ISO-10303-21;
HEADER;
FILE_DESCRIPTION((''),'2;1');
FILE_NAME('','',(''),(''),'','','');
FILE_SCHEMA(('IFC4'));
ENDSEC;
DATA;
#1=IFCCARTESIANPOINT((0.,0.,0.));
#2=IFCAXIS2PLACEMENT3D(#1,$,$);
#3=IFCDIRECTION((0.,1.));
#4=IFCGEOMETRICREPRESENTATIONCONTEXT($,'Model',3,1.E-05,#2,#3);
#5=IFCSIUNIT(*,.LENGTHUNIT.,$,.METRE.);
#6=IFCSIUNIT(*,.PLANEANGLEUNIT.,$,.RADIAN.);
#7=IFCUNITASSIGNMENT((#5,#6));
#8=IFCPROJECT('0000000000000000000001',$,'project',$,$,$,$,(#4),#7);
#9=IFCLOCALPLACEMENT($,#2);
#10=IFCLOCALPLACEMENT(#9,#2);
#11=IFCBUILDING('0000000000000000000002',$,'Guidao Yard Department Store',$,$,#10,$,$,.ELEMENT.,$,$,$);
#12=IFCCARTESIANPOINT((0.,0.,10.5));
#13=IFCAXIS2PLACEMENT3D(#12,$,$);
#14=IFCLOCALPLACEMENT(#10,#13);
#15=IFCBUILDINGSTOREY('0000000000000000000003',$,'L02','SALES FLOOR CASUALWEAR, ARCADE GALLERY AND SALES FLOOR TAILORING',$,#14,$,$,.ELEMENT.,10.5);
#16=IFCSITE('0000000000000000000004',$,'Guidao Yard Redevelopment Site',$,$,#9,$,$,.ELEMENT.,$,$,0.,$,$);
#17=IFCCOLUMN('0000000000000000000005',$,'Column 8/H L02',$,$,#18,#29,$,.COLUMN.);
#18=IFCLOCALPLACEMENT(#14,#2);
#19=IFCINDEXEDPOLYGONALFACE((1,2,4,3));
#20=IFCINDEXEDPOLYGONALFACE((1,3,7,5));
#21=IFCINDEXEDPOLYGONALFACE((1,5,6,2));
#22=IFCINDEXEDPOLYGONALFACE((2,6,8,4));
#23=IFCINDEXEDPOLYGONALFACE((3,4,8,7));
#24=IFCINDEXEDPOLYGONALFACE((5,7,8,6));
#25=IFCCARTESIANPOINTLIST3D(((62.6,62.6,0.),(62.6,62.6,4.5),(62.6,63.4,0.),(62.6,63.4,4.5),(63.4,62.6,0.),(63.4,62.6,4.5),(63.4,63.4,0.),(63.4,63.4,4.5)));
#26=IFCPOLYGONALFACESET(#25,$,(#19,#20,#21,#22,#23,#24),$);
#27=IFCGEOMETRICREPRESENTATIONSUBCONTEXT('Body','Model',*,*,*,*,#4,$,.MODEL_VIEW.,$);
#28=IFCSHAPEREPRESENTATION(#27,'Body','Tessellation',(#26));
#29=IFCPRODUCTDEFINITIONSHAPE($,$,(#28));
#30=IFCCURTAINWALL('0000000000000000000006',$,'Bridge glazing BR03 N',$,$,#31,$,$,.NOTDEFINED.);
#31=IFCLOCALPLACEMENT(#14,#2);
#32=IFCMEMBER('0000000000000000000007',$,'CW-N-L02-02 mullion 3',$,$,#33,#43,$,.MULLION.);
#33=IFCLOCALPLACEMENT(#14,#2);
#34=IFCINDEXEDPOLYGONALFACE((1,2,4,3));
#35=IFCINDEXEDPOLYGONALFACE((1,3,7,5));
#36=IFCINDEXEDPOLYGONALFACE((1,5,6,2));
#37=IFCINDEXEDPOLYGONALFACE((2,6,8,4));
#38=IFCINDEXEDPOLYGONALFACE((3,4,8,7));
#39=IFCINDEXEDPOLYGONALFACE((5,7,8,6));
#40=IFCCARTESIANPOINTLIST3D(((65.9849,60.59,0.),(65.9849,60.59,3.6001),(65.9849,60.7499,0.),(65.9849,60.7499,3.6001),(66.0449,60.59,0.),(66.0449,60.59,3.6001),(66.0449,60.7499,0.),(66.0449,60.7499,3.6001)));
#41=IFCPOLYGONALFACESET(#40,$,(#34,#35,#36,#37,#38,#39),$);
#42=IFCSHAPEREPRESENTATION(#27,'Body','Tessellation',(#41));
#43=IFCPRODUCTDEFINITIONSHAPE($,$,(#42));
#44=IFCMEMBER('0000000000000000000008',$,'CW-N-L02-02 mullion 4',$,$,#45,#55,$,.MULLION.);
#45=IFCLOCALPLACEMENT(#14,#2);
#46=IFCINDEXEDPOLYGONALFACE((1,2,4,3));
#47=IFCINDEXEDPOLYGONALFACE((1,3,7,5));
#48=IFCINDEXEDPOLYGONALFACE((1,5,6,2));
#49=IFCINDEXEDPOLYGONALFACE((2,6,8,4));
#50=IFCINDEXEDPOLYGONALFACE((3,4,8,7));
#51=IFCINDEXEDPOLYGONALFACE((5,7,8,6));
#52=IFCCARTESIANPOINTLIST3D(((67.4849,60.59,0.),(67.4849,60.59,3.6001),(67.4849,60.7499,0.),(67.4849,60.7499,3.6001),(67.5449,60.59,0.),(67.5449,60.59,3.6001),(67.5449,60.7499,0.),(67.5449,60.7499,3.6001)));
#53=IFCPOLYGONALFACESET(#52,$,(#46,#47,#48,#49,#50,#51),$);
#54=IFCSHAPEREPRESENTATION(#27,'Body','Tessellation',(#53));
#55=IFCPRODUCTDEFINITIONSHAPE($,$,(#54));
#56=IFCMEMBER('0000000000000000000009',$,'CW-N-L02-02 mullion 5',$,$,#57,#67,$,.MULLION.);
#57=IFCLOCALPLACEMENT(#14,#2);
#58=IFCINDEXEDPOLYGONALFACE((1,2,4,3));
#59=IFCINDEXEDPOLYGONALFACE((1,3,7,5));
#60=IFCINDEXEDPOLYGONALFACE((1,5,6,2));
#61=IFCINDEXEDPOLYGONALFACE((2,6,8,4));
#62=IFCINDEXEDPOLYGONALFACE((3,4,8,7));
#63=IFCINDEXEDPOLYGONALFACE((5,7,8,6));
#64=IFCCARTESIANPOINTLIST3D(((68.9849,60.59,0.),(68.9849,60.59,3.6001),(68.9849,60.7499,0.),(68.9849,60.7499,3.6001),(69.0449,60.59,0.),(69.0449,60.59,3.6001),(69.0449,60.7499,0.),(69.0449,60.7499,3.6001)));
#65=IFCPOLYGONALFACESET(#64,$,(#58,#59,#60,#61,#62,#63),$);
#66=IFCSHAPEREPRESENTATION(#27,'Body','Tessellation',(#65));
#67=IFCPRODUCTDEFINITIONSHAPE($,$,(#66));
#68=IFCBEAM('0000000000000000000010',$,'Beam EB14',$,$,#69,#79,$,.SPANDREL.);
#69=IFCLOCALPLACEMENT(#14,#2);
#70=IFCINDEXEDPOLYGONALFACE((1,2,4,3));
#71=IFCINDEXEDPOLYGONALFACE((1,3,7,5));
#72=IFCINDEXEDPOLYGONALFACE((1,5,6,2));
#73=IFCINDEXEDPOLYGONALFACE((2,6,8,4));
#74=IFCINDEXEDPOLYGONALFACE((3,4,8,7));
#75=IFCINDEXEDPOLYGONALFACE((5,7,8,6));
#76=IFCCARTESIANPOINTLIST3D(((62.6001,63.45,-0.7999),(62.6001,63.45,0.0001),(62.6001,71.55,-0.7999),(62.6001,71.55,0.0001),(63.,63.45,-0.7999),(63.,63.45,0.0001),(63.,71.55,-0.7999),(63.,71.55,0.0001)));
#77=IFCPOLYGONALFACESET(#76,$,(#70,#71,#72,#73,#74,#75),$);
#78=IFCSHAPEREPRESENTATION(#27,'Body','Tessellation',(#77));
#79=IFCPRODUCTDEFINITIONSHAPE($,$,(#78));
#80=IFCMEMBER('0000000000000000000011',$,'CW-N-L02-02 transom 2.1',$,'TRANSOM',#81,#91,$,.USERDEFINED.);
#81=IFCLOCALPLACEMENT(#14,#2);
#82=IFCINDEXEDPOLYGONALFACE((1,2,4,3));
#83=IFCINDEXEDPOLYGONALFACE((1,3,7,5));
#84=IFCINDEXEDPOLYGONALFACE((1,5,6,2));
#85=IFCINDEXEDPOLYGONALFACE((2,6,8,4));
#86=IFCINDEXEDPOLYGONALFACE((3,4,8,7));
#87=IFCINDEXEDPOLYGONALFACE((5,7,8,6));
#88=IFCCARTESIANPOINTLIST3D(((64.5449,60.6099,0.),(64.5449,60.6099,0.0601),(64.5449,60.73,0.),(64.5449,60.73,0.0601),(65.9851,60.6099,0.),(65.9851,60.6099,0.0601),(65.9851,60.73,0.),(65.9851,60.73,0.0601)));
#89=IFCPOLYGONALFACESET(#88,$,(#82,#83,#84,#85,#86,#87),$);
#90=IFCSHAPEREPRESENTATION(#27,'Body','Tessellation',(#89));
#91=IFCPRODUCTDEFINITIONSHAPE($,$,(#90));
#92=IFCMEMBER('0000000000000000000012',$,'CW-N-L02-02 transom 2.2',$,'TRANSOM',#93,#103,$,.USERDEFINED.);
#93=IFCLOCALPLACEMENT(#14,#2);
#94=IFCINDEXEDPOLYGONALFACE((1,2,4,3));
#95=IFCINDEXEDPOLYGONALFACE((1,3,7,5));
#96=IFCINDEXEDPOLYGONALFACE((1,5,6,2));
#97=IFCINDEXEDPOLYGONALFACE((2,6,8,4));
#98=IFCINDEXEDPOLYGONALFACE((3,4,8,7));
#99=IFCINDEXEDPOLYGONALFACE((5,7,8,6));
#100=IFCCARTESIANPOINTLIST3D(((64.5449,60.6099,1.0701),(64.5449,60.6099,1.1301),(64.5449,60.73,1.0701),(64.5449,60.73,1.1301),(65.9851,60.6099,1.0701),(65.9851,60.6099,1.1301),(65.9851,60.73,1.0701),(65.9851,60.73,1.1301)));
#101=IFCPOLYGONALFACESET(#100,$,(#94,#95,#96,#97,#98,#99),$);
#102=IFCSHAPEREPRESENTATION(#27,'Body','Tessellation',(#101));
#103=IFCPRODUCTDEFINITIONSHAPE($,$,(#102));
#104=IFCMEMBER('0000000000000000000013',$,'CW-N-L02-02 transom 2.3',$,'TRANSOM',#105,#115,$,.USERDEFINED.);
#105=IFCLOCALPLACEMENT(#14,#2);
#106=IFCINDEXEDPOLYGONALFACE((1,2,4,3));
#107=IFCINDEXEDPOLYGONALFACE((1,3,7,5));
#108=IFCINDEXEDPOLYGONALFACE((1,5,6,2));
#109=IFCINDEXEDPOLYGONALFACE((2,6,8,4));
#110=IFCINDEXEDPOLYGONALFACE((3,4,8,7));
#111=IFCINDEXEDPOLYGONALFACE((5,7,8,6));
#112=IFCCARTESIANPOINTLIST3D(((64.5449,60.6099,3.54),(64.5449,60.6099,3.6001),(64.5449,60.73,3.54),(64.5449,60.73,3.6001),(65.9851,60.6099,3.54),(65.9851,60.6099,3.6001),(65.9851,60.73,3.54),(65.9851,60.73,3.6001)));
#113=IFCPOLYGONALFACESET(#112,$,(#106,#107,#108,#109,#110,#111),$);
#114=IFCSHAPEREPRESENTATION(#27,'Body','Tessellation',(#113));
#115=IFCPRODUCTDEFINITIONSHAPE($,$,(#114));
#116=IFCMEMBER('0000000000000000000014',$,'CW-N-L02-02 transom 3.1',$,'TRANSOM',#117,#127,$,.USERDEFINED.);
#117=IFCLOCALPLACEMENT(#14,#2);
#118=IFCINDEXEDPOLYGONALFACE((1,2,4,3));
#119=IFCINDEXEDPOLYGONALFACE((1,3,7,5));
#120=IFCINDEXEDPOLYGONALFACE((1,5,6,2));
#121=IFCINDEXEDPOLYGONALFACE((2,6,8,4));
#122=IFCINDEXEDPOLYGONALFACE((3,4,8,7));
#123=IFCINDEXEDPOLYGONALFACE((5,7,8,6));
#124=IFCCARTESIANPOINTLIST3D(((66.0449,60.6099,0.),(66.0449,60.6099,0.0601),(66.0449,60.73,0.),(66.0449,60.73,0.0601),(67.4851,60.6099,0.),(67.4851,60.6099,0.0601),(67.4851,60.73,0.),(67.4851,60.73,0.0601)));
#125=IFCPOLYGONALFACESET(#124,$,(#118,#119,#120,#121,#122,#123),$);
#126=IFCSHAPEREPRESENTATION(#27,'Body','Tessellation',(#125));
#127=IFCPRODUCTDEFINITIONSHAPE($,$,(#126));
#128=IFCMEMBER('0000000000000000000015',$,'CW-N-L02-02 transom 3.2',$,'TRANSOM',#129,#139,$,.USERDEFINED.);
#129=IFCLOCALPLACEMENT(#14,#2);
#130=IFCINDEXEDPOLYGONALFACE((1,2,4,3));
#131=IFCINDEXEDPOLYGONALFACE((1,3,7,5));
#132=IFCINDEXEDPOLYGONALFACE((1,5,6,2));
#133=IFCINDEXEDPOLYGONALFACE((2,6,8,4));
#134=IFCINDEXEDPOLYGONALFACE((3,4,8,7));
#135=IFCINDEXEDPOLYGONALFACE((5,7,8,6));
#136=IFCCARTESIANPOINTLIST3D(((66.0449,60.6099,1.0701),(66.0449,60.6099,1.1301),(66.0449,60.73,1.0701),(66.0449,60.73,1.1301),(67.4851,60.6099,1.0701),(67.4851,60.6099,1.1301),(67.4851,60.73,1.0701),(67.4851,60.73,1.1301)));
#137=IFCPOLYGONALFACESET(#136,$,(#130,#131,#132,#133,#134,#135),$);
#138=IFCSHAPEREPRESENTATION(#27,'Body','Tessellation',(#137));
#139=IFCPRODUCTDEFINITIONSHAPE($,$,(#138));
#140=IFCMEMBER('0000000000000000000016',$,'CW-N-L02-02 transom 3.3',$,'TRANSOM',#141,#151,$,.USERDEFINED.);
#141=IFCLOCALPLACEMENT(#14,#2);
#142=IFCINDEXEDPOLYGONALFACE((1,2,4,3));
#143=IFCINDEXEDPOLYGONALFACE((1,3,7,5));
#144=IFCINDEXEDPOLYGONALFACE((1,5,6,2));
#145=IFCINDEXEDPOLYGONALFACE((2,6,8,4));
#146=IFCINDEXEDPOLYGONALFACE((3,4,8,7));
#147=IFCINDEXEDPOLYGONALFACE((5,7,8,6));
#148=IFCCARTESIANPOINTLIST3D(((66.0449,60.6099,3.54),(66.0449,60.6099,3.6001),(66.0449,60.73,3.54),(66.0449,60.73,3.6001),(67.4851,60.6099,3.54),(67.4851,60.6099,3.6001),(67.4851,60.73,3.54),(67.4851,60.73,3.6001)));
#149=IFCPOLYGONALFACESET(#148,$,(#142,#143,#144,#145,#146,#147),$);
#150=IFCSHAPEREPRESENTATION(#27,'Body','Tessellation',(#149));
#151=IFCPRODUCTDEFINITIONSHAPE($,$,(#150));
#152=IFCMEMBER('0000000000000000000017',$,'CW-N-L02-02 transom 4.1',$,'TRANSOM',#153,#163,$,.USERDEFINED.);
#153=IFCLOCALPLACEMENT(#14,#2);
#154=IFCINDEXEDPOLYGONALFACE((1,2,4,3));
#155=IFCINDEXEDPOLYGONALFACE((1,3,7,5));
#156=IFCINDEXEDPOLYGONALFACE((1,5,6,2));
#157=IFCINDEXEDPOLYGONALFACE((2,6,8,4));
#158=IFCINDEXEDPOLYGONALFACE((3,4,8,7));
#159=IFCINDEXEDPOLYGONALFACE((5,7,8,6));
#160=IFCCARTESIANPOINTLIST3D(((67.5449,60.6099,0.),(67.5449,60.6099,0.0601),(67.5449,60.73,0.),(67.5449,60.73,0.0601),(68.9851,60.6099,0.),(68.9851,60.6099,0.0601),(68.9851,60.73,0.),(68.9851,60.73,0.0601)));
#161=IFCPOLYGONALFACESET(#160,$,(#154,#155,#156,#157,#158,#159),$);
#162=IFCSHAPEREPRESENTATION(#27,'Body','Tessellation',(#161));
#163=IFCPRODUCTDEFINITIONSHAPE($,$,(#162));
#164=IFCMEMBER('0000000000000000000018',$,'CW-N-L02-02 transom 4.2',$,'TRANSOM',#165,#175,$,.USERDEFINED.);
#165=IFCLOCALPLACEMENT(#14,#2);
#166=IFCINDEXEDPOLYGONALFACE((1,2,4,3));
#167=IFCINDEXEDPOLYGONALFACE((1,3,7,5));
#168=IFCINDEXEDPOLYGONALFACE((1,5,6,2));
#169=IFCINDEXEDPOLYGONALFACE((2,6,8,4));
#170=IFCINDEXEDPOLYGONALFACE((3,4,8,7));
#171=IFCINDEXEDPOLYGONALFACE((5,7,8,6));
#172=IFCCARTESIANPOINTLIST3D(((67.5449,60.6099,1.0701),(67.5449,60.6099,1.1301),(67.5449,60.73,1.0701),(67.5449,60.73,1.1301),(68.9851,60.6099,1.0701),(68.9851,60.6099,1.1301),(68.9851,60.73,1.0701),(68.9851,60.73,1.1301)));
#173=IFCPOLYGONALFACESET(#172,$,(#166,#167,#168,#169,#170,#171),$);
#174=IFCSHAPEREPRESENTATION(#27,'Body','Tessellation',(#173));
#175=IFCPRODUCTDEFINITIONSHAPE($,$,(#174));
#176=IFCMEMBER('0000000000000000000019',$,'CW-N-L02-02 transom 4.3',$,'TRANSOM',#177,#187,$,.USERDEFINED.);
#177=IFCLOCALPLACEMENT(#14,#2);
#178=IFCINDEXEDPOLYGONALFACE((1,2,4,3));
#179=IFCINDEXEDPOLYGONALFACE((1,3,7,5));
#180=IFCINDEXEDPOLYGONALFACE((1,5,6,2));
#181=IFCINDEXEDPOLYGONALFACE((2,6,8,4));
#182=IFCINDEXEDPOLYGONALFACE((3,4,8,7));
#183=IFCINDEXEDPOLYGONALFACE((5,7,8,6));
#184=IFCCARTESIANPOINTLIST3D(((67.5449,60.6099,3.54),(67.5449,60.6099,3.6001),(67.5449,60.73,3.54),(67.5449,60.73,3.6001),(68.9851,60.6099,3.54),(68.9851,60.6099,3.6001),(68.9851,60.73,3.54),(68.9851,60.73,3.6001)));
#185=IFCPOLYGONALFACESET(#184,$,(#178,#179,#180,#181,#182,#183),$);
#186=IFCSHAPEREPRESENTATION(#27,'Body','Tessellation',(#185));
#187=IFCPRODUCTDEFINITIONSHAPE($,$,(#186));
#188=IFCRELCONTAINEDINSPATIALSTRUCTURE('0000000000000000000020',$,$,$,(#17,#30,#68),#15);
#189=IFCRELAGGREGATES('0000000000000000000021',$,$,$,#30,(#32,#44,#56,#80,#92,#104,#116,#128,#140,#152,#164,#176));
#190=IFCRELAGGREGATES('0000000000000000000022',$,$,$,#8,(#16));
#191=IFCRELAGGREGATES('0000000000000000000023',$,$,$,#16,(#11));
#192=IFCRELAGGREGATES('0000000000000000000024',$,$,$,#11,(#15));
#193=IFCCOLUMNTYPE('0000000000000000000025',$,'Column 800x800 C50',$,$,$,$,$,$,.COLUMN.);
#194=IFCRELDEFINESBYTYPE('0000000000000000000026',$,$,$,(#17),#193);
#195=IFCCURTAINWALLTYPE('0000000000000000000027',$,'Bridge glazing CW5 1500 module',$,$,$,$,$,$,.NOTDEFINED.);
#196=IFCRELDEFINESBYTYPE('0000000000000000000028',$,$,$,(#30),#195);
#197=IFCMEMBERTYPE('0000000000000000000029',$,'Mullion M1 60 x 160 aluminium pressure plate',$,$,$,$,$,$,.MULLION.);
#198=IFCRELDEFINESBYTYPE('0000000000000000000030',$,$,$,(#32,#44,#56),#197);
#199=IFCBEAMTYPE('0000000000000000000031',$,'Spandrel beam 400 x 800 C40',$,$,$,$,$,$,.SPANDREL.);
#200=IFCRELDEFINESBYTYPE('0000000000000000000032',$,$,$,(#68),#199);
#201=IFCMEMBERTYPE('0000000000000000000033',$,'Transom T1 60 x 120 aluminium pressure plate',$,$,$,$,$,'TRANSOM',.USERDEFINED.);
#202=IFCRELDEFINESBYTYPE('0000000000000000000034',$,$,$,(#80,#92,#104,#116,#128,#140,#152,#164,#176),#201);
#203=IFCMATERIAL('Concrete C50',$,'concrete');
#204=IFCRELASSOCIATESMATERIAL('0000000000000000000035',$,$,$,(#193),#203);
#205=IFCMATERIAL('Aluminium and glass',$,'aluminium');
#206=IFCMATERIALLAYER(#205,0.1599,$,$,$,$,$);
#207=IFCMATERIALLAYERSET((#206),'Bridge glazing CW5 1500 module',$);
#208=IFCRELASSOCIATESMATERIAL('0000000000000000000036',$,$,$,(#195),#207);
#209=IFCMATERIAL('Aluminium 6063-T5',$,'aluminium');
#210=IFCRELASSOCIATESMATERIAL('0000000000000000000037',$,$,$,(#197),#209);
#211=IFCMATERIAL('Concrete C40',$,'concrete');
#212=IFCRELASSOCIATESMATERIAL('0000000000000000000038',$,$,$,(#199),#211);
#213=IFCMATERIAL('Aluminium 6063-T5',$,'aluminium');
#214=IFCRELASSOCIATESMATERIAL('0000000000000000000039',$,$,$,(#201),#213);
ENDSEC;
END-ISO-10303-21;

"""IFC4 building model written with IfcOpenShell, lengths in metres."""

from ifc_helpers import new_model, si_unit, direction, frame, origin, origin_2d, place, context, subcontext, project, spatial, rectangle, extrude, material, layer, layer_set, material_profile, profile_set, type_object, element, aggregate, save


model = new_model("IFC4")

# Units and contexts
model_context = context("Model", 3, precision=1e-05, world=origin(), true_north=direction((0.0, 1.0)))
body_context = subcontext(model_context, "Body", "Model", "MODEL_VIEW")
ifc_project = project(units=[si_unit("LENGTHUNIT", "METRE"), si_unit("PLANEANGLEUNIT", "RADIAN")], contexts=[model_context])

# Site, building, storey
site_placement = place(None, origin())
site = spatial("IfcSite", under=ifc_project, at=site_placement, Name="Guidao Yard Redevelopment Site", CompositionType="ELEMENT", RefElevation=0.0)
building_placement = place(site_placement, origin())
building = spatial("IfcBuilding", under=site, at=building_placement, Name="Guidao Yard Department Store", CompositionType="ELEMENT")
storey_placement = place(building_placement, frame((0.0, 0.0, 10.5)))
storey = spatial("IfcBuildingStorey", under=building, at=storey_placement, Name="L02", Description="SALES FLOOR CASUALWEAR, ARCADE GALLERY AND SALES FLOOR TAILORING", CompositionType="ELEMENT", Elevation=10.5)

# Column
ifc_material_1 = material(Name="Concrete C50", Category="concrete")
ifc_material_profile_1 = material_profile(ifc_material_1, rectangle(XDim=0.8, YDim=0.8, at=origin_2d()), Name="COL 800x800")
ifc_profile_set_1 = profile_set([ifc_material_profile_1], Name="Concrete C50")
column_type = type_object("IfcColumnType", Name="Column 800x800 C50", PredefinedType="COLUMN", material=ifc_profile_set_1)
column_placement = place(storey_placement, frame((63.0, 63.0, 0.0), z_axis=(0.0, 0.0, 1.0), x_axis=(1.0, 0.0, 0.0)))
element("IfcColumn", 1, at=column_placement, inside=storey, type_object=column_type, Name="Column 8/H L02", PredefinedType="COLUMN", context=body_context, shape_type="SweptSolid", body=[
    extrude(rectangle(XDim=0.8, YDim=0.8, at=origin_2d()), origin(), (0.0, 0.0, 1.0), 4.5),
])

# Curtain wall, members
ifc_material_2 = material(Name="Aluminium and glass", Category="aluminium")
ifc_layer_1 = layer(ifc_material_2, 0.1599)
ifc_layer_set_1 = layer_set([ifc_layer_1], Name="Bridge glazing CW5 1500 module")
curtain_wall_type = type_object("IfcCurtainWallType", Name="Bridge glazing CW5 1500 module", PredefinedType="NOTDEFINED", material=ifc_layer_set_1)
curtain_wall_placement = place(storey_placement, origin())
curtain_wall = element("IfcCurtainWall", 2, at=curtain_wall_placement, inside=storey, type_object=curtain_wall_type, Name="Bridge glazing BR03 N", PredefinedType="NOTDEFINED")
ifc_material_3 = material(Name="Aluminium 6063-T5", Category="aluminium")
ifc_material_profile_2 = material_profile(ifc_material_3, rectangle(XDim=0.0601, YDim=0.1599, at=origin_2d()), Name="Mullion M1 60 x 160 aluminium pressure plate")
ifc_profile_set_2 = profile_set([ifc_material_profile_2], Name="Aluminium 6063-T5")
member_type_1 = type_object("IfcMemberType", Name="Mullion M1 60 x 160 aluminium pressure plate", PredefinedType="MULLION", material=ifc_profile_set_2)
member_1_placement = place(storey_placement, frame((66.0149, 60.6699, 0.0), z_axis=(0.0, 0.0, 1.0), x_axis=(1.0, 0.0, 0.0)))
member_1 = element("IfcMember", 3, at=member_1_placement, type_object=member_type_1, Name="CW-N-L02-02 mullion 3", PredefinedType="MULLION", context=body_context, shape_type="SweptSolid", body=[
    extrude(rectangle(XDim=0.0601, YDim=0.1599, at=origin_2d()), origin(), (0.0, 0.0, 1.0), 3.6001),
])
member_2_placement = place(storey_placement, frame((67.5149, 60.6699, 0.0), z_axis=(0.0, 0.0, 1.0), x_axis=(1.0, 0.0, 0.0)))
member_2 = element("IfcMember", 4, at=member_2_placement, type_object=member_type_1, Name="CW-N-L02-02 mullion 4", PredefinedType="MULLION", context=body_context, shape_type="SweptSolid", body=[
    extrude(rectangle(XDim=0.0601, YDim=0.1599, at=origin_2d()), origin(), (0.0, 0.0, 1.0), 3.6001),
])
member_3_placement = place(storey_placement, frame((69.0149, 60.6699, 0.0), z_axis=(0.0, 0.0, 1.0), x_axis=(1.0, 0.0, 0.0)))
member_3 = element("IfcMember", 5, at=member_3_placement, type_object=member_type_1, Name="CW-N-L02-02 mullion 5", PredefinedType="MULLION", context=body_context, shape_type="SweptSolid", body=[
    extrude(rectangle(XDim=0.0601, YDim=0.1599, at=origin_2d()), origin(), (0.0, 0.0, 1.0), 3.6001),
])

# Beam
ifc_material_4 = material(Name="Concrete C40", Category="concrete")
ifc_material_profile_3 = material_profile(ifc_material_4, rectangle(XDim=0.3999, YDim=0.8, at=origin_2d()), Name="Spandrel beam 400 x 800 C40")
ifc_profile_set_3 = profile_set([ifc_material_profile_3], Name="Concrete C40")
beam_type = type_object("IfcBeamType", Name="Spandrel beam 400 x 800 C40", PredefinedType="SPANDREL", material=ifc_profile_set_3)
beam_placement = place(storey_placement, frame((62.8, 63.45, -0.3999), z_axis=(0.0, 1.0, 0.0), x_axis=(-1.0, 0.0, 0.0)))
element("IfcBeam", 6, at=beam_placement, inside=storey, type_object=beam_type, Name="Beam EB14", PredefinedType="SPANDREL", context=body_context, shape_type="SweptSolid", body=[
    extrude(rectangle(XDim=0.3999, YDim=0.8, at=origin_2d()), origin(), (0.0, 0.0, 1.0), 8.1001),
])

# Members
ifc_material_5 = material(Name="Aluminium 6063-T5", Category="aluminium")
ifc_material_profile_4 = material_profile(ifc_material_5, rectangle(XDim=0.1201, YDim=0.0601, at=origin_2d()), Name="Transom T1 60 x 120 aluminium pressure plate")
ifc_profile_set_4 = profile_set([ifc_material_profile_4], Name="Aluminium 6063-T5")
member_type_2 = type_object("IfcMemberType", Name="Transom T1 60 x 120 aluminium pressure plate", ElementType="TRANSOM", PredefinedType="USERDEFINED", material=ifc_profile_set_4)
member_4_placement = place(storey_placement, frame((64.5449, 60.6699, 0.03), z_axis=(1.0, 0.0, 0.0), x_axis=(0.0, 1.0, 0.0)))
member_4 = element("IfcMember", 7, at=member_4_placement, type_object=member_type_2, Name="CW-N-L02-02 transom 2.1", ObjectType="TRANSOM", PredefinedType="USERDEFINED", context=body_context, shape_type="SweptSolid", body=[
    extrude(rectangle(XDim=0.1201, YDim=0.0601, at=origin_2d()), origin(), (0.0, 0.0, 1.0), 1.4402),
])
member_5_placement = place(storey_placement, frame((64.5449, 60.6699, 1.1001), z_axis=(1.0, 0.0, 0.0), x_axis=(0.0, 1.0, 0.0)))
member_5 = element("IfcMember", 8, at=member_5_placement, type_object=member_type_2, Name="CW-N-L02-02 transom 2.2", ObjectType="TRANSOM", PredefinedType="USERDEFINED", context=body_context, shape_type="SweptSolid", body=[
    extrude(rectangle(XDim=0.1201, YDim=0.0601, at=origin_2d()), origin(), (0.0, 0.0, 1.0), 1.4402),
])
member_6_placement = place(storey_placement, frame((64.5449, 60.6699, 3.5701), z_axis=(1.0, 0.0, 0.0), x_axis=(0.0, 1.0, 0.0)))
member_6 = element("IfcMember", 9, at=member_6_placement, type_object=member_type_2, Name="CW-N-L02-02 transom 2.3", ObjectType="TRANSOM", PredefinedType="USERDEFINED", context=body_context, shape_type="SweptSolid", body=[
    extrude(rectangle(XDim=0.1201, YDim=0.0601, at=origin_2d()), origin(), (0.0, 0.0, 1.0), 1.4402),
])
member_7_placement = place(storey_placement, frame((66.0449, 60.6699, 0.03), z_axis=(1.0, 0.0, 0.0), x_axis=(0.0, 1.0, 0.0)))
member_7 = element("IfcMember", 10, at=member_7_placement, type_object=member_type_2, Name="CW-N-L02-02 transom 3.1", ObjectType="TRANSOM", PredefinedType="USERDEFINED", context=body_context, shape_type="SweptSolid", body=[
    extrude(rectangle(XDim=0.1201, YDim=0.0601, at=origin_2d()), origin(), (0.0, 0.0, 1.0), 1.4402),
])
member_8_placement = place(storey_placement, frame((66.0449, 60.6699, 1.1001), z_axis=(1.0, 0.0, 0.0), x_axis=(0.0, 1.0, 0.0)))
member_8 = element("IfcMember", 11, at=member_8_placement, type_object=member_type_2, Name="CW-N-L02-02 transom 3.2", ObjectType="TRANSOM", PredefinedType="USERDEFINED", context=body_context, shape_type="SweptSolid", body=[
    extrude(rectangle(XDim=0.1201, YDim=0.0601, at=origin_2d()), origin(), (0.0, 0.0, 1.0), 1.4402),
])
member_9_placement = place(storey_placement, frame((66.0449, 60.6699, 3.5701), z_axis=(1.0, 0.0, 0.0), x_axis=(0.0, 1.0, 0.0)))
member_9 = element("IfcMember", 12, at=member_9_placement, type_object=member_type_2, Name="CW-N-L02-02 transom 3.3", ObjectType="TRANSOM", PredefinedType="USERDEFINED", context=body_context, shape_type="SweptSolid", body=[
    extrude(rectangle(XDim=0.1201, YDim=0.0601, at=origin_2d()), origin(), (0.0, 0.0, 1.0), 1.4402),
])
member_10_placement = place(storey_placement, frame((67.5449, 60.6699, 0.03), z_axis=(1.0, 0.0, 0.0), x_axis=(0.0, 1.0, 0.0)))
member_10 = element("IfcMember", 13, at=member_10_placement, type_object=member_type_2, Name="CW-N-L02-02 transom 4.1", ObjectType="TRANSOM", PredefinedType="USERDEFINED", context=body_context, shape_type="SweptSolid", body=[
    extrude(rectangle(XDim=0.1201, YDim=0.0601, at=origin_2d()), origin(), (0.0, 0.0, 1.0), 1.4402),
])
member_11_placement = place(storey_placement, frame((67.5449, 60.6699, 1.1001), z_axis=(1.0, 0.0, 0.0), x_axis=(0.0, 1.0, 0.0)))
member_11 = element("IfcMember", 14, at=member_11_placement, type_object=member_type_2, Name="CW-N-L02-02 transom 4.2", ObjectType="TRANSOM", PredefinedType="USERDEFINED", context=body_context, shape_type="SweptSolid", body=[
    extrude(rectangle(XDim=0.1201, YDim=0.0601, at=origin_2d()), origin(), (0.0, 0.0, 1.0), 1.4402),
])
member_12_placement = place(storey_placement, frame((67.5449, 60.6699, 3.5701), z_axis=(1.0, 0.0, 0.0), x_axis=(0.0, 1.0, 0.0)))
member_12 = element("IfcMember", 15, at=member_12_placement, type_object=member_type_2, Name="CW-N-L02-02 transom 4.3", ObjectType="TRANSOM", PredefinedType="USERDEFINED", context=body_context, shape_type="SweptSolid", body=[
    extrude(rectangle(XDim=0.1201, YDim=0.0601, at=origin_2d()), origin(), (0.0, 0.0, 1.0), 1.4402),
])

aggregate(curtain_wall, [member_1, member_2, member_3, member_4, member_5, member_6, member_7, member_8, member_9, member_10, member_11, member_12])

save(model, "model.ifc")
